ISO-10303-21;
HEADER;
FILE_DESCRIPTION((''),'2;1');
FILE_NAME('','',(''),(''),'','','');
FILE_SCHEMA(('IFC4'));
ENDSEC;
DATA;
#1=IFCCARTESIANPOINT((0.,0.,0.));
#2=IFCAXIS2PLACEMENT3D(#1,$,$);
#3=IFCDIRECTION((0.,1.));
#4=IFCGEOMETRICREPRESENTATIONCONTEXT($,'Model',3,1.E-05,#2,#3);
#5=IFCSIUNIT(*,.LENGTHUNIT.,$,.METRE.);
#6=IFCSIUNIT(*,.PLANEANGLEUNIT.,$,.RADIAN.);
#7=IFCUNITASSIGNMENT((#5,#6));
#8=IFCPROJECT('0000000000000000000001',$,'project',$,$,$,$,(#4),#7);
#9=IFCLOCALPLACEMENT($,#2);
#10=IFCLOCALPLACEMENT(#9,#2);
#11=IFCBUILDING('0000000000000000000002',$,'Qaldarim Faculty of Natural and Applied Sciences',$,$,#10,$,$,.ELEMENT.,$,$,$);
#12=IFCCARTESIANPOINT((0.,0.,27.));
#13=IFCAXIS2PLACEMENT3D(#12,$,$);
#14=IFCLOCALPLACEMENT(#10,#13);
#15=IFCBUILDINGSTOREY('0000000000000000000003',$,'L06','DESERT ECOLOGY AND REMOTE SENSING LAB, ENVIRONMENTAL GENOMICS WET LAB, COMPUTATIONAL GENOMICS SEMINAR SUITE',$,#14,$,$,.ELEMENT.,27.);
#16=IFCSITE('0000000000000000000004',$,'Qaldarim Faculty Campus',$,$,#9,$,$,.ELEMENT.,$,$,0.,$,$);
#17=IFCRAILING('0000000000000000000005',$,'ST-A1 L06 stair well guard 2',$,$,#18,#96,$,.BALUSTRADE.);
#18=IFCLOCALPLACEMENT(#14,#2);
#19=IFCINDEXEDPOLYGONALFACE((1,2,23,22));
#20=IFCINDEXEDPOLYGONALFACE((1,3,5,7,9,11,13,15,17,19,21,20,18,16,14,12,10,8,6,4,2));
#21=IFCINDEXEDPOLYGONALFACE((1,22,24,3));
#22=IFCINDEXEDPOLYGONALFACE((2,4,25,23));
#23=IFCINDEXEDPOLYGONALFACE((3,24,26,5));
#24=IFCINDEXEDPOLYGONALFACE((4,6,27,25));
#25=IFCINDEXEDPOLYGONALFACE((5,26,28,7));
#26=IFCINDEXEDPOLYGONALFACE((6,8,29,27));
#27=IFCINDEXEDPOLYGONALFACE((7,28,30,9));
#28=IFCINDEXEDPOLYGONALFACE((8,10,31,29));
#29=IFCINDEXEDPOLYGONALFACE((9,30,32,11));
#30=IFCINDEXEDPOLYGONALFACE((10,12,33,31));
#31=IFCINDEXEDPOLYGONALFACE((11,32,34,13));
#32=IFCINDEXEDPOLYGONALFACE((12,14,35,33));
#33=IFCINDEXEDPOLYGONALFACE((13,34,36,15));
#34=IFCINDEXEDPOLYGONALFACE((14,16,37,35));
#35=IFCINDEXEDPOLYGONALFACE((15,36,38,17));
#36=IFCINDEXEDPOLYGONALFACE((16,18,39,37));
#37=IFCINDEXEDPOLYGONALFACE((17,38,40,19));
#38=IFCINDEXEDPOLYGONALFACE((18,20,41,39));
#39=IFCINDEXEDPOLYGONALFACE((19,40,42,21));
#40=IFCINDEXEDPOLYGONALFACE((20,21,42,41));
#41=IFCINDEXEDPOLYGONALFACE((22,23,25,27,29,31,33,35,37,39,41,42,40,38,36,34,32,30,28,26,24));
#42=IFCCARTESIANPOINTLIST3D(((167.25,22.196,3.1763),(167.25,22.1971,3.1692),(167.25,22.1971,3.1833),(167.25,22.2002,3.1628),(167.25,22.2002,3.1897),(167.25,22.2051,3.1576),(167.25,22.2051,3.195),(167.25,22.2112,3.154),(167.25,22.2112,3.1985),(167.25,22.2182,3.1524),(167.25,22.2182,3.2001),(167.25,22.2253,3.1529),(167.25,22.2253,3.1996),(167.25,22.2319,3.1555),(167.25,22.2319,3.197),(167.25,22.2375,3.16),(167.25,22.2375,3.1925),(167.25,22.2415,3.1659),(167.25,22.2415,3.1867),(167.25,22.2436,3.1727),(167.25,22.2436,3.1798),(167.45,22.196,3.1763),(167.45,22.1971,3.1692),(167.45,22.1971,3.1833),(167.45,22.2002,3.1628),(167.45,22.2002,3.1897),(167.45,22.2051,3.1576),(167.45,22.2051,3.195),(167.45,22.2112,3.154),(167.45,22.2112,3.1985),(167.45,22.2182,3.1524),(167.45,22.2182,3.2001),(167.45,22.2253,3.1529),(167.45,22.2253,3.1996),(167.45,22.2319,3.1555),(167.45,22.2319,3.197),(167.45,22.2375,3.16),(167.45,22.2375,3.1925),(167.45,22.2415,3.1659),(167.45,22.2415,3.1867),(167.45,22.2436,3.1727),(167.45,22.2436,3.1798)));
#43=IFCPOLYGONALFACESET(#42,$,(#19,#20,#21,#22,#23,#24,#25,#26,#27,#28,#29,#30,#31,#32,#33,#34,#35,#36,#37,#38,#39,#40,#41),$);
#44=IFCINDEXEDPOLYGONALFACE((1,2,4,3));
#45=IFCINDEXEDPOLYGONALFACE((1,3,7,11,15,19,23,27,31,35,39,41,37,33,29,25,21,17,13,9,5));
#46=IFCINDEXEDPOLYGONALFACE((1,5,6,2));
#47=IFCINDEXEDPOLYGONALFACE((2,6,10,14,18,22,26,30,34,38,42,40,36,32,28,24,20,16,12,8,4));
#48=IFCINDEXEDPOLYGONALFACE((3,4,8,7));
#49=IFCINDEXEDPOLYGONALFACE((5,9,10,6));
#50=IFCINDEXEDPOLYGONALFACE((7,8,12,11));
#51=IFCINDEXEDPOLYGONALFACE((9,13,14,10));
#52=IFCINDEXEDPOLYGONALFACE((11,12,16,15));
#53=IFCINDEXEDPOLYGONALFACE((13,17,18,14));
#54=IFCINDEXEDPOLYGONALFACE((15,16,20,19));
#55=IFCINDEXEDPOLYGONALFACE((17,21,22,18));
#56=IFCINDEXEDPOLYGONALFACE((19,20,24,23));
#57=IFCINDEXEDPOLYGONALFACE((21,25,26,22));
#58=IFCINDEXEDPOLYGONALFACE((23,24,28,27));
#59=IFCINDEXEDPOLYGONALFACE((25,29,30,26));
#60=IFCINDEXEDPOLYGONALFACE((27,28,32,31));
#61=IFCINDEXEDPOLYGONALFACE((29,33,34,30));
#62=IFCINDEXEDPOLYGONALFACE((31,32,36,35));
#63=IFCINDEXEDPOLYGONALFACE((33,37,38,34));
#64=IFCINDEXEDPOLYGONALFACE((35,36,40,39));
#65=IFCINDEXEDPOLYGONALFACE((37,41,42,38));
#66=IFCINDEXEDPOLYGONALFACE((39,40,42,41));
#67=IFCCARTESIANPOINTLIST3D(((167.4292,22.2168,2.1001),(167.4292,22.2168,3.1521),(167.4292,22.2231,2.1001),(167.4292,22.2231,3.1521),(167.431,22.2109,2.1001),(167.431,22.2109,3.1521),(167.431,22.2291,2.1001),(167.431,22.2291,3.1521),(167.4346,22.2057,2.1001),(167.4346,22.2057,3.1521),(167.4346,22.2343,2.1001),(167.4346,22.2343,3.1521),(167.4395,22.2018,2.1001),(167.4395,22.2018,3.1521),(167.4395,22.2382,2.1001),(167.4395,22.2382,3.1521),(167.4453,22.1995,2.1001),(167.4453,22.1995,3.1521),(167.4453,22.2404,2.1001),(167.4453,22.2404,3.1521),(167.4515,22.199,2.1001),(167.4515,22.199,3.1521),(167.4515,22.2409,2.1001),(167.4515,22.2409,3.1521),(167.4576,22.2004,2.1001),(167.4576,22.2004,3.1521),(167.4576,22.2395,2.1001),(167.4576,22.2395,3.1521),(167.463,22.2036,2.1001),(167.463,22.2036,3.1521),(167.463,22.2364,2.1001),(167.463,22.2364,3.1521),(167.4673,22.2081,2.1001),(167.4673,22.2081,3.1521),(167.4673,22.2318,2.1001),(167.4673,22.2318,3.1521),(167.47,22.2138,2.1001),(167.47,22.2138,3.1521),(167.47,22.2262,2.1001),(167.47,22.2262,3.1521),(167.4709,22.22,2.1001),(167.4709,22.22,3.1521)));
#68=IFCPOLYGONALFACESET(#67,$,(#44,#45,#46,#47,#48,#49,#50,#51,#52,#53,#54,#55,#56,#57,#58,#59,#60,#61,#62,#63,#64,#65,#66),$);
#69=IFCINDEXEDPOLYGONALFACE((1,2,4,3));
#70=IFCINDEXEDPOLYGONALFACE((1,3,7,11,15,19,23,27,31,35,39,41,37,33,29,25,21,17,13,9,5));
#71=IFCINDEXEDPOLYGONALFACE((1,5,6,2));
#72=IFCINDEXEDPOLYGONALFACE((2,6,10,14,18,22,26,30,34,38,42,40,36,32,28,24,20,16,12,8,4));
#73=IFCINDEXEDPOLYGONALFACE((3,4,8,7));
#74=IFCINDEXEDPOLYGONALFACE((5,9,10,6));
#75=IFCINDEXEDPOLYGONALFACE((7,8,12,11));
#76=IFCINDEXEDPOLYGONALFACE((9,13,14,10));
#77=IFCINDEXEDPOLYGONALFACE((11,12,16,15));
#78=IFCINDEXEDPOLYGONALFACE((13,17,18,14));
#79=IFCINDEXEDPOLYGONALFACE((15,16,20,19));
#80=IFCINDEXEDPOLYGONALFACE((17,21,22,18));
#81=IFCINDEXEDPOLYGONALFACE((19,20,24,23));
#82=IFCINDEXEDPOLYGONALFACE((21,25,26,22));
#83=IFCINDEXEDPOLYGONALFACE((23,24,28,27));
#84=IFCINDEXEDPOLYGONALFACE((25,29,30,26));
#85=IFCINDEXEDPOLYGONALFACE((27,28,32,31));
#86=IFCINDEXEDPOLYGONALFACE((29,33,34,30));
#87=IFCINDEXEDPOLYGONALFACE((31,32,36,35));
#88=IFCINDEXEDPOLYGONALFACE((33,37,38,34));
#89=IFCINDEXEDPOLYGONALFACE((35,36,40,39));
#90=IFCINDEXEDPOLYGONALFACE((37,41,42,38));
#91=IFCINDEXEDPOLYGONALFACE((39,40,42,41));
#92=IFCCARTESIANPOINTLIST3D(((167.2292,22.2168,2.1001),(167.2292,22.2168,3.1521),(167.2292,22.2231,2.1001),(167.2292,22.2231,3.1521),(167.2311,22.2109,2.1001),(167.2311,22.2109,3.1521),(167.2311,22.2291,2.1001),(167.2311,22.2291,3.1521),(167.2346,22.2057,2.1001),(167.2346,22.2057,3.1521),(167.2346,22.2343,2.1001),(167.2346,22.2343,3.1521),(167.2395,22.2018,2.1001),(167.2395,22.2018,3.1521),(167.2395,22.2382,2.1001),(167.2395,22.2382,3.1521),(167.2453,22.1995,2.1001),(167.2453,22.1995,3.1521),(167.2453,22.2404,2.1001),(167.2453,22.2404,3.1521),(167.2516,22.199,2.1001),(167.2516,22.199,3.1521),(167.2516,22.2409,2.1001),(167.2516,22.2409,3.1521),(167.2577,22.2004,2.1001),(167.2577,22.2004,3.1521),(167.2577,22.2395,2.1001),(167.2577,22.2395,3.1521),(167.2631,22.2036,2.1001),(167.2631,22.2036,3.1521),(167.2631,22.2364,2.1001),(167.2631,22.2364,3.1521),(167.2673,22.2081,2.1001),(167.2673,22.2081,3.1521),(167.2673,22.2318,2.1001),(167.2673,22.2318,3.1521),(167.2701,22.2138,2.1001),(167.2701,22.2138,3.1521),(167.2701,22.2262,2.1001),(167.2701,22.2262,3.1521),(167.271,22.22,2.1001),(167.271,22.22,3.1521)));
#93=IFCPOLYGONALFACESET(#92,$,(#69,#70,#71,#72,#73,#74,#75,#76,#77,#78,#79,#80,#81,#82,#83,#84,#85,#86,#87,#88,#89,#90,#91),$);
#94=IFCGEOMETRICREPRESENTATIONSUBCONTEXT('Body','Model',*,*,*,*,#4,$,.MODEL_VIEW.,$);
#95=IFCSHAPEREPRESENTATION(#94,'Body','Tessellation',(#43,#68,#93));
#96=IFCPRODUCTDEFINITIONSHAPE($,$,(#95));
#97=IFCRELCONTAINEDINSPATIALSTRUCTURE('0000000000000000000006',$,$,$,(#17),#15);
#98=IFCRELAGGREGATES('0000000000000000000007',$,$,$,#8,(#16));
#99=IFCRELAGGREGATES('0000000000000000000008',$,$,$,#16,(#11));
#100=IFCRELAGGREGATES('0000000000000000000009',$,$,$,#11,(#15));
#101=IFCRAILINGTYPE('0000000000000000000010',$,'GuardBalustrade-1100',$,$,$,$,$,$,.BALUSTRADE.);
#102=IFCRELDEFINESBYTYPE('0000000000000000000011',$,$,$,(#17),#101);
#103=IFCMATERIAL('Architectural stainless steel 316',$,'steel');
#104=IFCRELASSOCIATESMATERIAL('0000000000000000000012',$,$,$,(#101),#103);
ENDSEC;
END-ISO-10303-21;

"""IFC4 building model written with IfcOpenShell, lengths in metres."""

from ifc_helpers import new_model, si_unit, direction, frame, origin, origin_2d, place, context, subcontext, project, spatial, circle, extrude, material, type_object, element, save


model = new_model("IFC4")

# Units and contexts
model_context = context("Model", 3, precision=1e-05, world=origin(), true_north=direction((0.0, 1.0)))
body_context = subcontext(model_context, "Body", "Model", "MODEL_VIEW")
ifc_project = project(units=[si_unit("LENGTHUNIT", "METRE"), si_unit("PLANEANGLEUNIT", "RADIAN")], contexts=[model_context])

# Site, building, storey
site_placement = place(None, origin())
site = spatial("IfcSite", under=ifc_project, at=site_placement, Name="Qaldarim Faculty Campus", CompositionType="ELEMENT", RefElevation=0.0)
building_placement = place(site_placement, origin())
building = spatial("IfcBuilding", under=site, at=building_placement, Name="Qaldarim Faculty of Natural and Applied Sciences", CompositionType="ELEMENT")
storey_placement = place(building_placement, frame((0.0, 0.0, 27.0)))
storey = spatial("IfcBuildingStorey", under=building, at=storey_placement, Name="L06", Description="DESERT ECOLOGY AND REMOTE SENSING LAB, ENVIRONMENTAL GENOMICS WET LAB, COMPUTATIONAL GENOMICS SEMINAR SUITE", CompositionType="ELEMENT", Elevation=27.0)

# Shared definitions
ifc_material_1 = material(Name="Architectural stainless steel 316", Category="steel")

# Railing
railing_type_1 = type_object("IfcRailingType", Name="GuardBalustrade-1100", PredefinedType="BALUSTRADE", material=ifc_material_1)
railing_1_placement = place(storey_placement, frame((167.45, 22.22, 2.1001)))
element("IfcRailing", 1, at=railing_1_placement, inside=storey, type_object=railing_type_1, Name="ST-A1 L06 stair well guard 2", PredefinedType="BALUSTRADE", context=body_context, shape_type="SweptSolid", body=[
    extrude(circle(Radius=0.0239, at=origin_2d()), frame((0.0, 0.0, 1.0762), z_axis=(-1.0, 0.0, 0.0), x_axis=(0.0, -1.0, 0.0)), (0.0, 0.0, 1.0), 0.2),
    extrude(circle(Radius=0.021, at=origin_2d()), origin(), (0.0, 0.0, 1.0), 1.052),
    extrude(circle(Radius=0.021, at=origin_2d()), frame((-0.2, 0.0, 0.0)), (0.0, 0.0, 1.0), 1.052),
])

save(model, "model.ifc")
